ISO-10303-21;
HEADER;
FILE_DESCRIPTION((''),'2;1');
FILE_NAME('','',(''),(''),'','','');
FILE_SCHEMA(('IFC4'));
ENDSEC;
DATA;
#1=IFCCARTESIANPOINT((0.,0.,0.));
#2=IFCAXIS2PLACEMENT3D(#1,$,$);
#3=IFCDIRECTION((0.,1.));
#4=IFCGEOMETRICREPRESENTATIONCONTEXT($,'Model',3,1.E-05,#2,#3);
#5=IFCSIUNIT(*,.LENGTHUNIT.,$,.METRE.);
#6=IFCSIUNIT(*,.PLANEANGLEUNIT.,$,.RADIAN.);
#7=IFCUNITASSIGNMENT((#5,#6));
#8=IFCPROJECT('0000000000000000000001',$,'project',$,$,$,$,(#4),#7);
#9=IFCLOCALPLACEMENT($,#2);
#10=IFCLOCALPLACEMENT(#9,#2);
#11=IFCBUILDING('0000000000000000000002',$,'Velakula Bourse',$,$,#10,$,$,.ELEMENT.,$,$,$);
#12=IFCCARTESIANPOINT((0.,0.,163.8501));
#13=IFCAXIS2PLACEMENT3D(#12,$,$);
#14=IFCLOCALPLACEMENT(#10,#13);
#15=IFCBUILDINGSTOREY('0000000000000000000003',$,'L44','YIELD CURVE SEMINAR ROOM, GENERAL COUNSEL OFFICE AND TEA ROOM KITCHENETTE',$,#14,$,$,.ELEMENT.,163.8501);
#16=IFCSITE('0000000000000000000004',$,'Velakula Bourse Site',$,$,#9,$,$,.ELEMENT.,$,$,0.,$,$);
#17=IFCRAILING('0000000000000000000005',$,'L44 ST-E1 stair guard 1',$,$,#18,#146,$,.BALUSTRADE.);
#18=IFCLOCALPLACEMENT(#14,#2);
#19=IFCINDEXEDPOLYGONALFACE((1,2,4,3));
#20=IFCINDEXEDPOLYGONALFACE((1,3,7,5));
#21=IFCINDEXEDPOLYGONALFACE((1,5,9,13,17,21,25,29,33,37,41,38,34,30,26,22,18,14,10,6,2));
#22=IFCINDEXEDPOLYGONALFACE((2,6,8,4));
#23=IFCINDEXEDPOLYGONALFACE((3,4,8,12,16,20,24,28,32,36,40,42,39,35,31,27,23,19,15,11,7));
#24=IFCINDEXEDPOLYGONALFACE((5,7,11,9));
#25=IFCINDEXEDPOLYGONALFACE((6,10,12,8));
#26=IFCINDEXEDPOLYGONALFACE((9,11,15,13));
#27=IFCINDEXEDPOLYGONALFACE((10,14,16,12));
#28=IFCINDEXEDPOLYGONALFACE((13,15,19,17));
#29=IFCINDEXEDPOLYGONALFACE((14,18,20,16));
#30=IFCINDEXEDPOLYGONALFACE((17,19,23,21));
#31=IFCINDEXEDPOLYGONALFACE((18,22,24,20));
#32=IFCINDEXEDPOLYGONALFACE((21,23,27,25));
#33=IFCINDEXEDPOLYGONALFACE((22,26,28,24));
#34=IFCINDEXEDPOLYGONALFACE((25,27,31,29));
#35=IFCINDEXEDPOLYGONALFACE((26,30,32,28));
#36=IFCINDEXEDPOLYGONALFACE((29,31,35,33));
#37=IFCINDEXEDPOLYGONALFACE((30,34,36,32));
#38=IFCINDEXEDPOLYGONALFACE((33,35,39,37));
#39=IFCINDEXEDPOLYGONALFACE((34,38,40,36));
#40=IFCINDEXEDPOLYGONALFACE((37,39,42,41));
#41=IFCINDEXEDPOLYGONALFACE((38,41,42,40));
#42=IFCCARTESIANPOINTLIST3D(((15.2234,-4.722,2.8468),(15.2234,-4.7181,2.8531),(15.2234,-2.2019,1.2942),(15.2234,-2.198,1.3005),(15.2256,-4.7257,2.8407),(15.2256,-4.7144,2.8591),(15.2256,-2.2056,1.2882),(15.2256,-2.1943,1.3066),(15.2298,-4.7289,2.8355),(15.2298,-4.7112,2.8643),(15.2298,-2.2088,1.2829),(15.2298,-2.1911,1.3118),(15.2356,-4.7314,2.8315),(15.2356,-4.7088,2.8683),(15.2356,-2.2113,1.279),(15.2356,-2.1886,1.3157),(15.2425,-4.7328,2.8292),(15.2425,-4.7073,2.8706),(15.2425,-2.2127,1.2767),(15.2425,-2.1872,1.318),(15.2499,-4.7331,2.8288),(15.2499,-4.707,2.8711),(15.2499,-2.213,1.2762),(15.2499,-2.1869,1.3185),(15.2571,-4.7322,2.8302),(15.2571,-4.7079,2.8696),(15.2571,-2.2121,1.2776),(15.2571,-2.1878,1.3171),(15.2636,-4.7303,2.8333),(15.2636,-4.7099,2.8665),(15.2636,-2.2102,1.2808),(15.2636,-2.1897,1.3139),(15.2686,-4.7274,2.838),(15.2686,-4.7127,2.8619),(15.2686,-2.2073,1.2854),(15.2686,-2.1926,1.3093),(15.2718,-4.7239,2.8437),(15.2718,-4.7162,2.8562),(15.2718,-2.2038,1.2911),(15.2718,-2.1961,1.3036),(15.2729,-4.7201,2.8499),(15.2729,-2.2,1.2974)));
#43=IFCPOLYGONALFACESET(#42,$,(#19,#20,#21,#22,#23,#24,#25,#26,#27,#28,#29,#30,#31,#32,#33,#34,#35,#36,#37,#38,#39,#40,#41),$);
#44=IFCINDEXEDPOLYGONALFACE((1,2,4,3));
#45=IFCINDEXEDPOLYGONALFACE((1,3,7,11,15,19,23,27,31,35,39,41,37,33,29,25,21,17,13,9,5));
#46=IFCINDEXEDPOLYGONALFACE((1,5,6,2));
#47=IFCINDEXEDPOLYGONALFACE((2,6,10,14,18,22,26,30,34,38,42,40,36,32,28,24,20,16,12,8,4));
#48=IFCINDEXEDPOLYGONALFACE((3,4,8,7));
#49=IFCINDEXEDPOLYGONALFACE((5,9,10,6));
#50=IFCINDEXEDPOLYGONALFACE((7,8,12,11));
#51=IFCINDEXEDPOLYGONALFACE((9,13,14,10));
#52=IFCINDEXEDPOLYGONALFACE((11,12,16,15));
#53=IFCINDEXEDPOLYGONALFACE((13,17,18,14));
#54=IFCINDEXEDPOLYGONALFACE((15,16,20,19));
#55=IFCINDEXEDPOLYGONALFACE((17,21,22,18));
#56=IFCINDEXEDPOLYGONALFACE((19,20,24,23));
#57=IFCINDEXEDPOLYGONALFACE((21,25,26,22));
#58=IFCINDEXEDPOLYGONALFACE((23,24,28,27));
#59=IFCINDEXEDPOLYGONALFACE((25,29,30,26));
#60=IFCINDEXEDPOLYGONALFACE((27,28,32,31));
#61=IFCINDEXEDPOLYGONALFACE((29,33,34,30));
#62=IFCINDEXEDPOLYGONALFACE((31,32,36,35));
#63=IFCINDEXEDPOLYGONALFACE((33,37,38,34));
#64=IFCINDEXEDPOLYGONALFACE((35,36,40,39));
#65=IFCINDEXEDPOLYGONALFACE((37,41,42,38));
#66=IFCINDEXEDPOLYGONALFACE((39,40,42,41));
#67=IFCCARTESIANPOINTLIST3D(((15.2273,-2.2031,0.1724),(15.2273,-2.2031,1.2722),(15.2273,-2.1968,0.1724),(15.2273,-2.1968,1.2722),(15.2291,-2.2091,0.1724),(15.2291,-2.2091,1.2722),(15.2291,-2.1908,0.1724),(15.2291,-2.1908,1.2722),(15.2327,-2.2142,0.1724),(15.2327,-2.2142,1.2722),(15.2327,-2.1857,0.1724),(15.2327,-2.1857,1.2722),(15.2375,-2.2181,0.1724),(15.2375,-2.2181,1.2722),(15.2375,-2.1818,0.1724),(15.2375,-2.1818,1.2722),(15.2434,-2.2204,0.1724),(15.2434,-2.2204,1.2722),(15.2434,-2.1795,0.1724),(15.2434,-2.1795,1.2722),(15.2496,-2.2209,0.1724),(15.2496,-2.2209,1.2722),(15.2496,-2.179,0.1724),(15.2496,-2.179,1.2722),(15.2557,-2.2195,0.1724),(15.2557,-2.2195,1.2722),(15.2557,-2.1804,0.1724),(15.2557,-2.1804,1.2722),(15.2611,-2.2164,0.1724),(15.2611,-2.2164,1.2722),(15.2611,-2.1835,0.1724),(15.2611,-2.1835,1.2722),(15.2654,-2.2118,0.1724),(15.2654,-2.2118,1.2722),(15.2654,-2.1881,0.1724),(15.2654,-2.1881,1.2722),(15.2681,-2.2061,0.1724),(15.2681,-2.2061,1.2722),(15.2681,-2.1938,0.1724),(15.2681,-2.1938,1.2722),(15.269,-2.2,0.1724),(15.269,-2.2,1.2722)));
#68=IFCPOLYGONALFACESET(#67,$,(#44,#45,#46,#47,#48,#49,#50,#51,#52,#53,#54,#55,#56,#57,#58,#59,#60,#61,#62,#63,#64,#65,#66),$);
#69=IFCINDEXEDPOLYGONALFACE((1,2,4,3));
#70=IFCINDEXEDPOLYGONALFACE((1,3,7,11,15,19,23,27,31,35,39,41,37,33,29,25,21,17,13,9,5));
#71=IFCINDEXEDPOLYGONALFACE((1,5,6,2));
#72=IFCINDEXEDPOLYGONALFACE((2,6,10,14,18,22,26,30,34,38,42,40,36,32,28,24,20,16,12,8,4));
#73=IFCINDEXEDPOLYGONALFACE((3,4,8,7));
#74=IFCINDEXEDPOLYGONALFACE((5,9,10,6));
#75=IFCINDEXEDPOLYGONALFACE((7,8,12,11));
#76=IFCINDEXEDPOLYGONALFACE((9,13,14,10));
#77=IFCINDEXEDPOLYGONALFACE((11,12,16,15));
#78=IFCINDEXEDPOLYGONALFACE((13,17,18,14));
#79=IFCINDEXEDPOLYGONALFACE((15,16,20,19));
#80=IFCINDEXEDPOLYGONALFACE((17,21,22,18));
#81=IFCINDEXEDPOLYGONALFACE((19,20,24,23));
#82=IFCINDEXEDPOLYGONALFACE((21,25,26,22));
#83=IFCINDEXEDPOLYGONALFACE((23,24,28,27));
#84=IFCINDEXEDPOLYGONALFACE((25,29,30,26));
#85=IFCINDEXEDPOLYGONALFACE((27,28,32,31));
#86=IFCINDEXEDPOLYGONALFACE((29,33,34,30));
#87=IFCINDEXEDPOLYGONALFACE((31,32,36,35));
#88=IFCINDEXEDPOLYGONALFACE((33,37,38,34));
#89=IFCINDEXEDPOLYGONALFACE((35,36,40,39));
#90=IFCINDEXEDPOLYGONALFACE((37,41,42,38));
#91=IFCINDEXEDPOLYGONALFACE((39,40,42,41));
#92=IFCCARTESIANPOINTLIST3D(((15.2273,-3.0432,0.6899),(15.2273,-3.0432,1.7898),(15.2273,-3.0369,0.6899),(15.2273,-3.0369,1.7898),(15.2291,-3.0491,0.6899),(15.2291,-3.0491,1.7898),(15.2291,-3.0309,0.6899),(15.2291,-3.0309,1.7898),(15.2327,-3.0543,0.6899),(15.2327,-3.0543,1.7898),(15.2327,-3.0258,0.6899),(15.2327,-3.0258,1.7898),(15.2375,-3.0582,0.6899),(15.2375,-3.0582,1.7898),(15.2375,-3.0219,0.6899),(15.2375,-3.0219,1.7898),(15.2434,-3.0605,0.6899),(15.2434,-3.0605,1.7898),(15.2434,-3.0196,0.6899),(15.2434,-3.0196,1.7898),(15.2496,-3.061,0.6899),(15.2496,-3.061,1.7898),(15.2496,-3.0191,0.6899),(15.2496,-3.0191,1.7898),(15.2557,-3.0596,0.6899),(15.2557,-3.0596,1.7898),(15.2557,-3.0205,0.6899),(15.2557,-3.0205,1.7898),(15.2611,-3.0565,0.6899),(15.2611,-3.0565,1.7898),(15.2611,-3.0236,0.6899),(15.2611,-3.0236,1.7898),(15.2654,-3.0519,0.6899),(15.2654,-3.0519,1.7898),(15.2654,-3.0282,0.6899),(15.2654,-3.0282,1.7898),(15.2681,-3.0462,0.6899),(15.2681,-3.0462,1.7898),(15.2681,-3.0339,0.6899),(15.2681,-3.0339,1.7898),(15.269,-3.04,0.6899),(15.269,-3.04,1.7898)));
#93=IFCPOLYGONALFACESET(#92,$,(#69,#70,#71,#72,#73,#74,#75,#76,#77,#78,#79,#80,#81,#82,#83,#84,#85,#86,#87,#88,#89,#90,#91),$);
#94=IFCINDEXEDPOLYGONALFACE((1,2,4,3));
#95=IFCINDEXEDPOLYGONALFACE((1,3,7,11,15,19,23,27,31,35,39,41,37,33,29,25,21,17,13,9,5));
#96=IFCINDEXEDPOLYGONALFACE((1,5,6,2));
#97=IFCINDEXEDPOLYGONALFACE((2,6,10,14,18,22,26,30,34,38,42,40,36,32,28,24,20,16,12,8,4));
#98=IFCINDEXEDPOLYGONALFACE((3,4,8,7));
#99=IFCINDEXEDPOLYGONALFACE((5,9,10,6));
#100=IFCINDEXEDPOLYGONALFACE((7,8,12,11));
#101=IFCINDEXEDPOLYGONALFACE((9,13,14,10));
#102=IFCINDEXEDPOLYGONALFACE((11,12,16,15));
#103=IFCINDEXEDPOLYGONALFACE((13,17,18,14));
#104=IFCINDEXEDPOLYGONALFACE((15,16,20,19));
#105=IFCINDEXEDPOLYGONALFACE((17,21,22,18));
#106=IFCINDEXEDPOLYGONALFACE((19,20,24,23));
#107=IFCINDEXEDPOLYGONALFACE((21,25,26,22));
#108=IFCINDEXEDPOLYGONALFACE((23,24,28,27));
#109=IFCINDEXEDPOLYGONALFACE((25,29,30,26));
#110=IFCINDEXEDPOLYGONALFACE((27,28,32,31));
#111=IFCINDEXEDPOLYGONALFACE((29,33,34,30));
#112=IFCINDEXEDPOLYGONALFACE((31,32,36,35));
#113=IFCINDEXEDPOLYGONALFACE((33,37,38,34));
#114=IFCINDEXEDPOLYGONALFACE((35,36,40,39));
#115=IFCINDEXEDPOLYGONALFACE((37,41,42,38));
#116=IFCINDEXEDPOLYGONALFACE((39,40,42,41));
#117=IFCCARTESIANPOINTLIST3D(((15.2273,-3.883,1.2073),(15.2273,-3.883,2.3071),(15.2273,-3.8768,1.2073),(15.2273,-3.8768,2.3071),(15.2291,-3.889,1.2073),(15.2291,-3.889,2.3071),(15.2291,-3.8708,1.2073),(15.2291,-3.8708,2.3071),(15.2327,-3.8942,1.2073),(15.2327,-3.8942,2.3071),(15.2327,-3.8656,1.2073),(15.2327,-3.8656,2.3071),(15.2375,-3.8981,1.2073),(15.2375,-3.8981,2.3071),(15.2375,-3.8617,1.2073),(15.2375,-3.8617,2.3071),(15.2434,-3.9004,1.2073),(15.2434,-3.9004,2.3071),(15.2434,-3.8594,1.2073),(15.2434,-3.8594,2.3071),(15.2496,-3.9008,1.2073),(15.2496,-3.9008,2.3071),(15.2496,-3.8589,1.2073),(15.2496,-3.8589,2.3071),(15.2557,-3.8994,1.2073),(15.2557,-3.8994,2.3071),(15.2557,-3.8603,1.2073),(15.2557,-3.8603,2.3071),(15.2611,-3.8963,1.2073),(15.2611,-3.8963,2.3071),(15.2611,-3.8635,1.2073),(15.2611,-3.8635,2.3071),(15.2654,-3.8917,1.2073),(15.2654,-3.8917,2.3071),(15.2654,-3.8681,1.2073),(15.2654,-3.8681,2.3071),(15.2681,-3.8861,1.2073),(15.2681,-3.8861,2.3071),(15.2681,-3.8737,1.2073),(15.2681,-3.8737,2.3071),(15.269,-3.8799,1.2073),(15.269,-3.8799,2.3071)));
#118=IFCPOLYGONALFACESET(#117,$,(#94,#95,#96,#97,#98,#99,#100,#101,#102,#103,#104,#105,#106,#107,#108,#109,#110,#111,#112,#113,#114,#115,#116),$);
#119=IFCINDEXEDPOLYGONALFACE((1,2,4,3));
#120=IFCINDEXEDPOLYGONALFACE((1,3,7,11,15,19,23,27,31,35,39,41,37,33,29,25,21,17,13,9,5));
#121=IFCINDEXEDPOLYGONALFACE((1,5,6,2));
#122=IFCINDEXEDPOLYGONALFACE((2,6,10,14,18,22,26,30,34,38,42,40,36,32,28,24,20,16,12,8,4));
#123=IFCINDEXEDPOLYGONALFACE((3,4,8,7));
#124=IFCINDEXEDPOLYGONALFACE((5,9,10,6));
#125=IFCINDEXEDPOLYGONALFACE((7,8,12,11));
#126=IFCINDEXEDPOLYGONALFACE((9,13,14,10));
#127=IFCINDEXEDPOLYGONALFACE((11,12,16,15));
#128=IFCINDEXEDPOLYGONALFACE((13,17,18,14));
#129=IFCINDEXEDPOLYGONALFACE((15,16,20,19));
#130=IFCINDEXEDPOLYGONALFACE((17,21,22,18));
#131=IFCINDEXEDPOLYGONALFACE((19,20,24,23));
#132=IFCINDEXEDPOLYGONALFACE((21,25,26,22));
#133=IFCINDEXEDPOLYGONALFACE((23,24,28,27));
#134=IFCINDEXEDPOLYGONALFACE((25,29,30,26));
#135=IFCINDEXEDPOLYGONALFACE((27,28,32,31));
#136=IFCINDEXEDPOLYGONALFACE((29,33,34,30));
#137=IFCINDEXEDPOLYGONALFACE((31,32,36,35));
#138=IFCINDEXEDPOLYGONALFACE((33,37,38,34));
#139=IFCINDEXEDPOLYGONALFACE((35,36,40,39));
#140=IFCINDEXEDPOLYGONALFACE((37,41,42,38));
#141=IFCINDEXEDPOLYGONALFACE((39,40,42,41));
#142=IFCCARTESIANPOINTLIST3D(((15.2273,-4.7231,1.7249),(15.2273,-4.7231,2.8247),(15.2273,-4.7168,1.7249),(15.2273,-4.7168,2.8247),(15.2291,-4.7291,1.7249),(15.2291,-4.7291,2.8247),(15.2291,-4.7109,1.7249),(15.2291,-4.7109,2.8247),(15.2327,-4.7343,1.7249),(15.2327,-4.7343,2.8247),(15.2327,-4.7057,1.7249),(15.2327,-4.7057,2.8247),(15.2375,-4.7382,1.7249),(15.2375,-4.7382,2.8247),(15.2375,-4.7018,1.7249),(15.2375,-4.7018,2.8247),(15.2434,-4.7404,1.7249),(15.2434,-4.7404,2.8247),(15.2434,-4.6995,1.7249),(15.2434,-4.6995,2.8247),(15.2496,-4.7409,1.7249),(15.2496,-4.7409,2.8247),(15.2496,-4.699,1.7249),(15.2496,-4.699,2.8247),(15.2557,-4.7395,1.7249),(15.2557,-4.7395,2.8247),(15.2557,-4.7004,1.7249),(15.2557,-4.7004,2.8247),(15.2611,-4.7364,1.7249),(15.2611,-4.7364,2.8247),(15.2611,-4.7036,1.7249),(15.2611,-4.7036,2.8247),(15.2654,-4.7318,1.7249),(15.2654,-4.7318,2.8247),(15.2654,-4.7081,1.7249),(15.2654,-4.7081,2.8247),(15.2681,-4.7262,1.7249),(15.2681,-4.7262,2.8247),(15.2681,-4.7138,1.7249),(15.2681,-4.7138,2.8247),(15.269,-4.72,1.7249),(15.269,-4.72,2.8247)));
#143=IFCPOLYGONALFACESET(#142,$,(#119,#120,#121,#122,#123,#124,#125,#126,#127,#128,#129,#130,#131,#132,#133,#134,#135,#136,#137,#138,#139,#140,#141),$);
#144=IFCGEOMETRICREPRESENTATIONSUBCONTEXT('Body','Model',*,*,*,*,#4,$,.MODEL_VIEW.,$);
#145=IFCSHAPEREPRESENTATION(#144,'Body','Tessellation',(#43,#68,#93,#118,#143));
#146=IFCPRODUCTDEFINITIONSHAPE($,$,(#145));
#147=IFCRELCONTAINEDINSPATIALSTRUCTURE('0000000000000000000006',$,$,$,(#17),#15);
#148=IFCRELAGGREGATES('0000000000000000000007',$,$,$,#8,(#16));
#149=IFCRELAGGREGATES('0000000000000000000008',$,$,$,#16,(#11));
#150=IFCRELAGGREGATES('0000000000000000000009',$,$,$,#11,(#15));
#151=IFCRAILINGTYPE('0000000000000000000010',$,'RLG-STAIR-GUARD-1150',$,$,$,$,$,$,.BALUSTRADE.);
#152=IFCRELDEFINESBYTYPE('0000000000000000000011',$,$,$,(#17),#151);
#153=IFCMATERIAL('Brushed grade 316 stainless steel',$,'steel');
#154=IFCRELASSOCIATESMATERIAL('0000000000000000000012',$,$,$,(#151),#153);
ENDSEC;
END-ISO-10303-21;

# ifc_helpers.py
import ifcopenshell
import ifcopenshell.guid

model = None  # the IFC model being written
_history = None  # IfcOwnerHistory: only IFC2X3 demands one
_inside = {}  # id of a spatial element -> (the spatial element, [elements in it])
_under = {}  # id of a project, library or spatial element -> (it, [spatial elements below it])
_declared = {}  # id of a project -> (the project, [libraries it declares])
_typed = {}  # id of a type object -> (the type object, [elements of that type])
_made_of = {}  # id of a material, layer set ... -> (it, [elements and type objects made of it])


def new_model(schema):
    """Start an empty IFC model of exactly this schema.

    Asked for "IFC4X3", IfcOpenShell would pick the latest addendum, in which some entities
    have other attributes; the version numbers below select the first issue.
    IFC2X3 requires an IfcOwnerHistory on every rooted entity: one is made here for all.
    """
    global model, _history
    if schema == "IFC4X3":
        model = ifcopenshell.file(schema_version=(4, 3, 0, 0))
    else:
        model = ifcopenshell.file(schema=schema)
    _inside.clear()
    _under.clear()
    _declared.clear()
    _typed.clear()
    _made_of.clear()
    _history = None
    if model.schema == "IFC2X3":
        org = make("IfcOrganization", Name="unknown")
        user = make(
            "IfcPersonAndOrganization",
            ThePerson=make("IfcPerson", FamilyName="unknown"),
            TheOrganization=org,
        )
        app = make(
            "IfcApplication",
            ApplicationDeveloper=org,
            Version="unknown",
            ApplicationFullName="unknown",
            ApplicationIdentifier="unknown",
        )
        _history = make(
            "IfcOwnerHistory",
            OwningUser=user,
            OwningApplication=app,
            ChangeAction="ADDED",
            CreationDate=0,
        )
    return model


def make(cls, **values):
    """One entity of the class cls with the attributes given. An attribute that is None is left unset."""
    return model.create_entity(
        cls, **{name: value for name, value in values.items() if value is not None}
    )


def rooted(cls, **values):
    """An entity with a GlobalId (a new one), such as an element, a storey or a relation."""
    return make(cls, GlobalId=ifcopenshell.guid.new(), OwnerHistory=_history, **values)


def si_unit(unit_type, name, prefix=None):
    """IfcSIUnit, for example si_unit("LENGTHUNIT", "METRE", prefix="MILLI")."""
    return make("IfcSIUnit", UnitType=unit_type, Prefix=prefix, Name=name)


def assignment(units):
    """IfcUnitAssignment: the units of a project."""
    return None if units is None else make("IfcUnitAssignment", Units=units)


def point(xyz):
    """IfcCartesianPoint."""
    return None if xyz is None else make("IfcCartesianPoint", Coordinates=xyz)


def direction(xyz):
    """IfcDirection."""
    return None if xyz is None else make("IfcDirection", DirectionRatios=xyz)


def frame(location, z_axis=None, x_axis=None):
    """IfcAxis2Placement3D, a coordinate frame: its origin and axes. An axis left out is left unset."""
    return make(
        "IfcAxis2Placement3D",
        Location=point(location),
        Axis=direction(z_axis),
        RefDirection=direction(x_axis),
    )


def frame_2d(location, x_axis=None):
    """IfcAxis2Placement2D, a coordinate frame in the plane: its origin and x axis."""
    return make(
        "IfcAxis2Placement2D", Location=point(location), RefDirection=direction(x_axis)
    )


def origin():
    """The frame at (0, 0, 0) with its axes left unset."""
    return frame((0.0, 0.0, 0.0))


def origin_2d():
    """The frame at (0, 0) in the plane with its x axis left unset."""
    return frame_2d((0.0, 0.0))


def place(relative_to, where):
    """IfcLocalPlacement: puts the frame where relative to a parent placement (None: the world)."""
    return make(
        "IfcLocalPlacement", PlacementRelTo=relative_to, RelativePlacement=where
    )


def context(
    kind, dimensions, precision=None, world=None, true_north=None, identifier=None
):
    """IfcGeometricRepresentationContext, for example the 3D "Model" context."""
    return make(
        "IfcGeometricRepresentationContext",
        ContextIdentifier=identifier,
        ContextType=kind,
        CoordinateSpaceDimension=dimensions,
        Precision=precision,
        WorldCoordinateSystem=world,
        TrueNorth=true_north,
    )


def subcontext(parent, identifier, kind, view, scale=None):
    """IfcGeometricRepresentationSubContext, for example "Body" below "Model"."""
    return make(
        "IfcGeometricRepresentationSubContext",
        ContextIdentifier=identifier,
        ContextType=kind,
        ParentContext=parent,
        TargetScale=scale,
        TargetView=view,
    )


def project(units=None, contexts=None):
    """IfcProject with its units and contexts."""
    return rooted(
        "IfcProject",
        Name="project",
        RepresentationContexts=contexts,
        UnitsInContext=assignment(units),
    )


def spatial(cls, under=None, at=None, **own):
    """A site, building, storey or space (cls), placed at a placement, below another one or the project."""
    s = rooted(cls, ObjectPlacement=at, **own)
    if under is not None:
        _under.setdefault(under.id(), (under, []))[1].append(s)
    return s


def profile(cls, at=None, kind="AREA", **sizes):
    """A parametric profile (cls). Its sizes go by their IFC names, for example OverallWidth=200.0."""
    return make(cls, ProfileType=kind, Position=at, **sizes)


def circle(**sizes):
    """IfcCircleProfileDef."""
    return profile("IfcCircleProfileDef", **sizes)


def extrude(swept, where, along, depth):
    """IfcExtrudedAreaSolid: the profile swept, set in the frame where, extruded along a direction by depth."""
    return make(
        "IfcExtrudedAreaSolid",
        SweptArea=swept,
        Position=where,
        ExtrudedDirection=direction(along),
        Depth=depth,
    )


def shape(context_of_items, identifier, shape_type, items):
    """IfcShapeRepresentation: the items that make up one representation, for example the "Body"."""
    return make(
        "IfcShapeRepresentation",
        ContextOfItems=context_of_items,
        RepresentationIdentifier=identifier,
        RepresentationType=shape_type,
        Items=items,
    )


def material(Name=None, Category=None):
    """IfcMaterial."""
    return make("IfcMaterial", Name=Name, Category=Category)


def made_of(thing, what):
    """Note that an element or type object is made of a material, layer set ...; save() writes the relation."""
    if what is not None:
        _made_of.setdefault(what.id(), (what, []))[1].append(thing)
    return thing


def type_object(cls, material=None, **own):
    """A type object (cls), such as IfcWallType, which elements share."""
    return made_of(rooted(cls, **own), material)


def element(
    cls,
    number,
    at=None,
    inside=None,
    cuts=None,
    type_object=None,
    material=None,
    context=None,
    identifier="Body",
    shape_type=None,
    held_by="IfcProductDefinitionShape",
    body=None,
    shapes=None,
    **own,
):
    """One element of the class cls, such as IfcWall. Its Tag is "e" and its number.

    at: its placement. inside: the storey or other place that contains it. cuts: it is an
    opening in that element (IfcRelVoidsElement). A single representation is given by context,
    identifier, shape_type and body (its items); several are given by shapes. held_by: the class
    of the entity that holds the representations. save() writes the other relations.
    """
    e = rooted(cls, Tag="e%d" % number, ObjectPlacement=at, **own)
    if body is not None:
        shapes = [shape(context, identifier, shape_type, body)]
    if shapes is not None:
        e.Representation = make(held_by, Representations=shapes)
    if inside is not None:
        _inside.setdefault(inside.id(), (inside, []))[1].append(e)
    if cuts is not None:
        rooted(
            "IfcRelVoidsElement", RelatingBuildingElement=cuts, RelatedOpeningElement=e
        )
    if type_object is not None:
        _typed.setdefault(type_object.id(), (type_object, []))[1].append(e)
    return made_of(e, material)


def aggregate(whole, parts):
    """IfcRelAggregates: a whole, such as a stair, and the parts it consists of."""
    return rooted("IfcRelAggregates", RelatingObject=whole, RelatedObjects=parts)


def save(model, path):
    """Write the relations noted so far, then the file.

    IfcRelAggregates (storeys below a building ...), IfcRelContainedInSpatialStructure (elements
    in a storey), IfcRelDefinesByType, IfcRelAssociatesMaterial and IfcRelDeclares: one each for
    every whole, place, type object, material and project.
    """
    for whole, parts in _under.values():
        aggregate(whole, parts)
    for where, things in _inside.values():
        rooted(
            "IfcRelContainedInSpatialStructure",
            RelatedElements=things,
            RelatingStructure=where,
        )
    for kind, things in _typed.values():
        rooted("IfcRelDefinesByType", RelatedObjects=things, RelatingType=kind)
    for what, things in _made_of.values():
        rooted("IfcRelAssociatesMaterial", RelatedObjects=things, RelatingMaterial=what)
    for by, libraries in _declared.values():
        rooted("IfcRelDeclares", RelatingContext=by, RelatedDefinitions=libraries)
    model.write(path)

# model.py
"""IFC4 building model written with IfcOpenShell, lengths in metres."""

from ifc_helpers import new_model, si_unit, direction, frame, origin, origin_2d, place, context, subcontext, project, spatial, circle, extrude, material, type_object, element, save


model = new_model("IFC4")

# Units and contexts
model_context = context("Model", 3, precision=1e-05, world=origin(), true_north=direction((0.0, 1.0)))
body_context = subcontext(model_context, "Body", "Model", "MODEL_VIEW")
ifc_project = project(units=[si_unit("LENGTHUNIT", "METRE"), si_unit("PLANEANGLEUNIT", "RADIAN")], contexts=[model_context])

# Site, building, storey
site_placement = place(None, origin())
site = spatial("IfcSite", under=ifc_project, at=site_placement, Name="Velakula Bourse Site", CompositionType="ELEMENT", RefElevation=0.0)
building_placement = place(site_placement, origin())
building = spatial("IfcBuilding", under=site, at=building_placement, Name="Velakula Bourse", CompositionType="ELEMENT")
storey_placement = place(building_placement, frame((0.0, 0.0, 163.8501)))
storey = spatial("IfcBuildingStorey", under=building, at=storey_placement, Name="L44", Description="YIELD CURVE SEMINAR ROOM, GENERAL COUNSEL OFFICE AND TEA ROOM KITCHENETTE", CompositionType="ELEMENT", Elevation=163.8501)

# Railing
ifc_material_1 = material(Name="Brushed grade 316 stainless steel", Category="steel")
railing_type_1 = type_object("IfcRailingType", Name="RLG-STAIR-GUARD-1150", PredefinedType="BALUSTRADE", material=ifc_material_1)
railing_1_placement = place(storey_placement, frame((15.248, -2.2, 0.1724)))
element("IfcRailing", 1, at=railing_1_placement, inside=storey, type_object=railing_type_1, Name="L44 ST-E1 stair guard 1", PredefinedType="BALUSTRADE", context=body_context, shape_type="SweptSolid", body=[
    extrude(circle(Radius=0.0249, at=origin_2d()), frame((0.0, 0.0, 1.125), z_axis=(0.0, -0.8514, 0.524516), x_axis=(1.0, 0.0, 0.0)), (0.0, 0.0, 1.0), 2.96),
    extrude(circle(Radius=0.021, at=origin_2d()), origin(), (0.0, 0.0, 1.0), 1.0999),
    extrude(circle(Radius=0.021, at=origin_2d()), frame((0.0, -0.8401, 0.5176)), (0.0, 0.0, 1.0), 1.0999),
    extrude(circle(Radius=0.021, at=origin_2d()), frame((0.0, -1.6799, 1.0349)), (0.0, 0.0, 1.0), 1.0999),
    extrude(circle(Radius=0.021, at=origin_2d()), frame((0.0, -2.52, 1.5525)), (0.0, 0.0, 1.0), 1.0999),
])

save(model, "model.ifc")
